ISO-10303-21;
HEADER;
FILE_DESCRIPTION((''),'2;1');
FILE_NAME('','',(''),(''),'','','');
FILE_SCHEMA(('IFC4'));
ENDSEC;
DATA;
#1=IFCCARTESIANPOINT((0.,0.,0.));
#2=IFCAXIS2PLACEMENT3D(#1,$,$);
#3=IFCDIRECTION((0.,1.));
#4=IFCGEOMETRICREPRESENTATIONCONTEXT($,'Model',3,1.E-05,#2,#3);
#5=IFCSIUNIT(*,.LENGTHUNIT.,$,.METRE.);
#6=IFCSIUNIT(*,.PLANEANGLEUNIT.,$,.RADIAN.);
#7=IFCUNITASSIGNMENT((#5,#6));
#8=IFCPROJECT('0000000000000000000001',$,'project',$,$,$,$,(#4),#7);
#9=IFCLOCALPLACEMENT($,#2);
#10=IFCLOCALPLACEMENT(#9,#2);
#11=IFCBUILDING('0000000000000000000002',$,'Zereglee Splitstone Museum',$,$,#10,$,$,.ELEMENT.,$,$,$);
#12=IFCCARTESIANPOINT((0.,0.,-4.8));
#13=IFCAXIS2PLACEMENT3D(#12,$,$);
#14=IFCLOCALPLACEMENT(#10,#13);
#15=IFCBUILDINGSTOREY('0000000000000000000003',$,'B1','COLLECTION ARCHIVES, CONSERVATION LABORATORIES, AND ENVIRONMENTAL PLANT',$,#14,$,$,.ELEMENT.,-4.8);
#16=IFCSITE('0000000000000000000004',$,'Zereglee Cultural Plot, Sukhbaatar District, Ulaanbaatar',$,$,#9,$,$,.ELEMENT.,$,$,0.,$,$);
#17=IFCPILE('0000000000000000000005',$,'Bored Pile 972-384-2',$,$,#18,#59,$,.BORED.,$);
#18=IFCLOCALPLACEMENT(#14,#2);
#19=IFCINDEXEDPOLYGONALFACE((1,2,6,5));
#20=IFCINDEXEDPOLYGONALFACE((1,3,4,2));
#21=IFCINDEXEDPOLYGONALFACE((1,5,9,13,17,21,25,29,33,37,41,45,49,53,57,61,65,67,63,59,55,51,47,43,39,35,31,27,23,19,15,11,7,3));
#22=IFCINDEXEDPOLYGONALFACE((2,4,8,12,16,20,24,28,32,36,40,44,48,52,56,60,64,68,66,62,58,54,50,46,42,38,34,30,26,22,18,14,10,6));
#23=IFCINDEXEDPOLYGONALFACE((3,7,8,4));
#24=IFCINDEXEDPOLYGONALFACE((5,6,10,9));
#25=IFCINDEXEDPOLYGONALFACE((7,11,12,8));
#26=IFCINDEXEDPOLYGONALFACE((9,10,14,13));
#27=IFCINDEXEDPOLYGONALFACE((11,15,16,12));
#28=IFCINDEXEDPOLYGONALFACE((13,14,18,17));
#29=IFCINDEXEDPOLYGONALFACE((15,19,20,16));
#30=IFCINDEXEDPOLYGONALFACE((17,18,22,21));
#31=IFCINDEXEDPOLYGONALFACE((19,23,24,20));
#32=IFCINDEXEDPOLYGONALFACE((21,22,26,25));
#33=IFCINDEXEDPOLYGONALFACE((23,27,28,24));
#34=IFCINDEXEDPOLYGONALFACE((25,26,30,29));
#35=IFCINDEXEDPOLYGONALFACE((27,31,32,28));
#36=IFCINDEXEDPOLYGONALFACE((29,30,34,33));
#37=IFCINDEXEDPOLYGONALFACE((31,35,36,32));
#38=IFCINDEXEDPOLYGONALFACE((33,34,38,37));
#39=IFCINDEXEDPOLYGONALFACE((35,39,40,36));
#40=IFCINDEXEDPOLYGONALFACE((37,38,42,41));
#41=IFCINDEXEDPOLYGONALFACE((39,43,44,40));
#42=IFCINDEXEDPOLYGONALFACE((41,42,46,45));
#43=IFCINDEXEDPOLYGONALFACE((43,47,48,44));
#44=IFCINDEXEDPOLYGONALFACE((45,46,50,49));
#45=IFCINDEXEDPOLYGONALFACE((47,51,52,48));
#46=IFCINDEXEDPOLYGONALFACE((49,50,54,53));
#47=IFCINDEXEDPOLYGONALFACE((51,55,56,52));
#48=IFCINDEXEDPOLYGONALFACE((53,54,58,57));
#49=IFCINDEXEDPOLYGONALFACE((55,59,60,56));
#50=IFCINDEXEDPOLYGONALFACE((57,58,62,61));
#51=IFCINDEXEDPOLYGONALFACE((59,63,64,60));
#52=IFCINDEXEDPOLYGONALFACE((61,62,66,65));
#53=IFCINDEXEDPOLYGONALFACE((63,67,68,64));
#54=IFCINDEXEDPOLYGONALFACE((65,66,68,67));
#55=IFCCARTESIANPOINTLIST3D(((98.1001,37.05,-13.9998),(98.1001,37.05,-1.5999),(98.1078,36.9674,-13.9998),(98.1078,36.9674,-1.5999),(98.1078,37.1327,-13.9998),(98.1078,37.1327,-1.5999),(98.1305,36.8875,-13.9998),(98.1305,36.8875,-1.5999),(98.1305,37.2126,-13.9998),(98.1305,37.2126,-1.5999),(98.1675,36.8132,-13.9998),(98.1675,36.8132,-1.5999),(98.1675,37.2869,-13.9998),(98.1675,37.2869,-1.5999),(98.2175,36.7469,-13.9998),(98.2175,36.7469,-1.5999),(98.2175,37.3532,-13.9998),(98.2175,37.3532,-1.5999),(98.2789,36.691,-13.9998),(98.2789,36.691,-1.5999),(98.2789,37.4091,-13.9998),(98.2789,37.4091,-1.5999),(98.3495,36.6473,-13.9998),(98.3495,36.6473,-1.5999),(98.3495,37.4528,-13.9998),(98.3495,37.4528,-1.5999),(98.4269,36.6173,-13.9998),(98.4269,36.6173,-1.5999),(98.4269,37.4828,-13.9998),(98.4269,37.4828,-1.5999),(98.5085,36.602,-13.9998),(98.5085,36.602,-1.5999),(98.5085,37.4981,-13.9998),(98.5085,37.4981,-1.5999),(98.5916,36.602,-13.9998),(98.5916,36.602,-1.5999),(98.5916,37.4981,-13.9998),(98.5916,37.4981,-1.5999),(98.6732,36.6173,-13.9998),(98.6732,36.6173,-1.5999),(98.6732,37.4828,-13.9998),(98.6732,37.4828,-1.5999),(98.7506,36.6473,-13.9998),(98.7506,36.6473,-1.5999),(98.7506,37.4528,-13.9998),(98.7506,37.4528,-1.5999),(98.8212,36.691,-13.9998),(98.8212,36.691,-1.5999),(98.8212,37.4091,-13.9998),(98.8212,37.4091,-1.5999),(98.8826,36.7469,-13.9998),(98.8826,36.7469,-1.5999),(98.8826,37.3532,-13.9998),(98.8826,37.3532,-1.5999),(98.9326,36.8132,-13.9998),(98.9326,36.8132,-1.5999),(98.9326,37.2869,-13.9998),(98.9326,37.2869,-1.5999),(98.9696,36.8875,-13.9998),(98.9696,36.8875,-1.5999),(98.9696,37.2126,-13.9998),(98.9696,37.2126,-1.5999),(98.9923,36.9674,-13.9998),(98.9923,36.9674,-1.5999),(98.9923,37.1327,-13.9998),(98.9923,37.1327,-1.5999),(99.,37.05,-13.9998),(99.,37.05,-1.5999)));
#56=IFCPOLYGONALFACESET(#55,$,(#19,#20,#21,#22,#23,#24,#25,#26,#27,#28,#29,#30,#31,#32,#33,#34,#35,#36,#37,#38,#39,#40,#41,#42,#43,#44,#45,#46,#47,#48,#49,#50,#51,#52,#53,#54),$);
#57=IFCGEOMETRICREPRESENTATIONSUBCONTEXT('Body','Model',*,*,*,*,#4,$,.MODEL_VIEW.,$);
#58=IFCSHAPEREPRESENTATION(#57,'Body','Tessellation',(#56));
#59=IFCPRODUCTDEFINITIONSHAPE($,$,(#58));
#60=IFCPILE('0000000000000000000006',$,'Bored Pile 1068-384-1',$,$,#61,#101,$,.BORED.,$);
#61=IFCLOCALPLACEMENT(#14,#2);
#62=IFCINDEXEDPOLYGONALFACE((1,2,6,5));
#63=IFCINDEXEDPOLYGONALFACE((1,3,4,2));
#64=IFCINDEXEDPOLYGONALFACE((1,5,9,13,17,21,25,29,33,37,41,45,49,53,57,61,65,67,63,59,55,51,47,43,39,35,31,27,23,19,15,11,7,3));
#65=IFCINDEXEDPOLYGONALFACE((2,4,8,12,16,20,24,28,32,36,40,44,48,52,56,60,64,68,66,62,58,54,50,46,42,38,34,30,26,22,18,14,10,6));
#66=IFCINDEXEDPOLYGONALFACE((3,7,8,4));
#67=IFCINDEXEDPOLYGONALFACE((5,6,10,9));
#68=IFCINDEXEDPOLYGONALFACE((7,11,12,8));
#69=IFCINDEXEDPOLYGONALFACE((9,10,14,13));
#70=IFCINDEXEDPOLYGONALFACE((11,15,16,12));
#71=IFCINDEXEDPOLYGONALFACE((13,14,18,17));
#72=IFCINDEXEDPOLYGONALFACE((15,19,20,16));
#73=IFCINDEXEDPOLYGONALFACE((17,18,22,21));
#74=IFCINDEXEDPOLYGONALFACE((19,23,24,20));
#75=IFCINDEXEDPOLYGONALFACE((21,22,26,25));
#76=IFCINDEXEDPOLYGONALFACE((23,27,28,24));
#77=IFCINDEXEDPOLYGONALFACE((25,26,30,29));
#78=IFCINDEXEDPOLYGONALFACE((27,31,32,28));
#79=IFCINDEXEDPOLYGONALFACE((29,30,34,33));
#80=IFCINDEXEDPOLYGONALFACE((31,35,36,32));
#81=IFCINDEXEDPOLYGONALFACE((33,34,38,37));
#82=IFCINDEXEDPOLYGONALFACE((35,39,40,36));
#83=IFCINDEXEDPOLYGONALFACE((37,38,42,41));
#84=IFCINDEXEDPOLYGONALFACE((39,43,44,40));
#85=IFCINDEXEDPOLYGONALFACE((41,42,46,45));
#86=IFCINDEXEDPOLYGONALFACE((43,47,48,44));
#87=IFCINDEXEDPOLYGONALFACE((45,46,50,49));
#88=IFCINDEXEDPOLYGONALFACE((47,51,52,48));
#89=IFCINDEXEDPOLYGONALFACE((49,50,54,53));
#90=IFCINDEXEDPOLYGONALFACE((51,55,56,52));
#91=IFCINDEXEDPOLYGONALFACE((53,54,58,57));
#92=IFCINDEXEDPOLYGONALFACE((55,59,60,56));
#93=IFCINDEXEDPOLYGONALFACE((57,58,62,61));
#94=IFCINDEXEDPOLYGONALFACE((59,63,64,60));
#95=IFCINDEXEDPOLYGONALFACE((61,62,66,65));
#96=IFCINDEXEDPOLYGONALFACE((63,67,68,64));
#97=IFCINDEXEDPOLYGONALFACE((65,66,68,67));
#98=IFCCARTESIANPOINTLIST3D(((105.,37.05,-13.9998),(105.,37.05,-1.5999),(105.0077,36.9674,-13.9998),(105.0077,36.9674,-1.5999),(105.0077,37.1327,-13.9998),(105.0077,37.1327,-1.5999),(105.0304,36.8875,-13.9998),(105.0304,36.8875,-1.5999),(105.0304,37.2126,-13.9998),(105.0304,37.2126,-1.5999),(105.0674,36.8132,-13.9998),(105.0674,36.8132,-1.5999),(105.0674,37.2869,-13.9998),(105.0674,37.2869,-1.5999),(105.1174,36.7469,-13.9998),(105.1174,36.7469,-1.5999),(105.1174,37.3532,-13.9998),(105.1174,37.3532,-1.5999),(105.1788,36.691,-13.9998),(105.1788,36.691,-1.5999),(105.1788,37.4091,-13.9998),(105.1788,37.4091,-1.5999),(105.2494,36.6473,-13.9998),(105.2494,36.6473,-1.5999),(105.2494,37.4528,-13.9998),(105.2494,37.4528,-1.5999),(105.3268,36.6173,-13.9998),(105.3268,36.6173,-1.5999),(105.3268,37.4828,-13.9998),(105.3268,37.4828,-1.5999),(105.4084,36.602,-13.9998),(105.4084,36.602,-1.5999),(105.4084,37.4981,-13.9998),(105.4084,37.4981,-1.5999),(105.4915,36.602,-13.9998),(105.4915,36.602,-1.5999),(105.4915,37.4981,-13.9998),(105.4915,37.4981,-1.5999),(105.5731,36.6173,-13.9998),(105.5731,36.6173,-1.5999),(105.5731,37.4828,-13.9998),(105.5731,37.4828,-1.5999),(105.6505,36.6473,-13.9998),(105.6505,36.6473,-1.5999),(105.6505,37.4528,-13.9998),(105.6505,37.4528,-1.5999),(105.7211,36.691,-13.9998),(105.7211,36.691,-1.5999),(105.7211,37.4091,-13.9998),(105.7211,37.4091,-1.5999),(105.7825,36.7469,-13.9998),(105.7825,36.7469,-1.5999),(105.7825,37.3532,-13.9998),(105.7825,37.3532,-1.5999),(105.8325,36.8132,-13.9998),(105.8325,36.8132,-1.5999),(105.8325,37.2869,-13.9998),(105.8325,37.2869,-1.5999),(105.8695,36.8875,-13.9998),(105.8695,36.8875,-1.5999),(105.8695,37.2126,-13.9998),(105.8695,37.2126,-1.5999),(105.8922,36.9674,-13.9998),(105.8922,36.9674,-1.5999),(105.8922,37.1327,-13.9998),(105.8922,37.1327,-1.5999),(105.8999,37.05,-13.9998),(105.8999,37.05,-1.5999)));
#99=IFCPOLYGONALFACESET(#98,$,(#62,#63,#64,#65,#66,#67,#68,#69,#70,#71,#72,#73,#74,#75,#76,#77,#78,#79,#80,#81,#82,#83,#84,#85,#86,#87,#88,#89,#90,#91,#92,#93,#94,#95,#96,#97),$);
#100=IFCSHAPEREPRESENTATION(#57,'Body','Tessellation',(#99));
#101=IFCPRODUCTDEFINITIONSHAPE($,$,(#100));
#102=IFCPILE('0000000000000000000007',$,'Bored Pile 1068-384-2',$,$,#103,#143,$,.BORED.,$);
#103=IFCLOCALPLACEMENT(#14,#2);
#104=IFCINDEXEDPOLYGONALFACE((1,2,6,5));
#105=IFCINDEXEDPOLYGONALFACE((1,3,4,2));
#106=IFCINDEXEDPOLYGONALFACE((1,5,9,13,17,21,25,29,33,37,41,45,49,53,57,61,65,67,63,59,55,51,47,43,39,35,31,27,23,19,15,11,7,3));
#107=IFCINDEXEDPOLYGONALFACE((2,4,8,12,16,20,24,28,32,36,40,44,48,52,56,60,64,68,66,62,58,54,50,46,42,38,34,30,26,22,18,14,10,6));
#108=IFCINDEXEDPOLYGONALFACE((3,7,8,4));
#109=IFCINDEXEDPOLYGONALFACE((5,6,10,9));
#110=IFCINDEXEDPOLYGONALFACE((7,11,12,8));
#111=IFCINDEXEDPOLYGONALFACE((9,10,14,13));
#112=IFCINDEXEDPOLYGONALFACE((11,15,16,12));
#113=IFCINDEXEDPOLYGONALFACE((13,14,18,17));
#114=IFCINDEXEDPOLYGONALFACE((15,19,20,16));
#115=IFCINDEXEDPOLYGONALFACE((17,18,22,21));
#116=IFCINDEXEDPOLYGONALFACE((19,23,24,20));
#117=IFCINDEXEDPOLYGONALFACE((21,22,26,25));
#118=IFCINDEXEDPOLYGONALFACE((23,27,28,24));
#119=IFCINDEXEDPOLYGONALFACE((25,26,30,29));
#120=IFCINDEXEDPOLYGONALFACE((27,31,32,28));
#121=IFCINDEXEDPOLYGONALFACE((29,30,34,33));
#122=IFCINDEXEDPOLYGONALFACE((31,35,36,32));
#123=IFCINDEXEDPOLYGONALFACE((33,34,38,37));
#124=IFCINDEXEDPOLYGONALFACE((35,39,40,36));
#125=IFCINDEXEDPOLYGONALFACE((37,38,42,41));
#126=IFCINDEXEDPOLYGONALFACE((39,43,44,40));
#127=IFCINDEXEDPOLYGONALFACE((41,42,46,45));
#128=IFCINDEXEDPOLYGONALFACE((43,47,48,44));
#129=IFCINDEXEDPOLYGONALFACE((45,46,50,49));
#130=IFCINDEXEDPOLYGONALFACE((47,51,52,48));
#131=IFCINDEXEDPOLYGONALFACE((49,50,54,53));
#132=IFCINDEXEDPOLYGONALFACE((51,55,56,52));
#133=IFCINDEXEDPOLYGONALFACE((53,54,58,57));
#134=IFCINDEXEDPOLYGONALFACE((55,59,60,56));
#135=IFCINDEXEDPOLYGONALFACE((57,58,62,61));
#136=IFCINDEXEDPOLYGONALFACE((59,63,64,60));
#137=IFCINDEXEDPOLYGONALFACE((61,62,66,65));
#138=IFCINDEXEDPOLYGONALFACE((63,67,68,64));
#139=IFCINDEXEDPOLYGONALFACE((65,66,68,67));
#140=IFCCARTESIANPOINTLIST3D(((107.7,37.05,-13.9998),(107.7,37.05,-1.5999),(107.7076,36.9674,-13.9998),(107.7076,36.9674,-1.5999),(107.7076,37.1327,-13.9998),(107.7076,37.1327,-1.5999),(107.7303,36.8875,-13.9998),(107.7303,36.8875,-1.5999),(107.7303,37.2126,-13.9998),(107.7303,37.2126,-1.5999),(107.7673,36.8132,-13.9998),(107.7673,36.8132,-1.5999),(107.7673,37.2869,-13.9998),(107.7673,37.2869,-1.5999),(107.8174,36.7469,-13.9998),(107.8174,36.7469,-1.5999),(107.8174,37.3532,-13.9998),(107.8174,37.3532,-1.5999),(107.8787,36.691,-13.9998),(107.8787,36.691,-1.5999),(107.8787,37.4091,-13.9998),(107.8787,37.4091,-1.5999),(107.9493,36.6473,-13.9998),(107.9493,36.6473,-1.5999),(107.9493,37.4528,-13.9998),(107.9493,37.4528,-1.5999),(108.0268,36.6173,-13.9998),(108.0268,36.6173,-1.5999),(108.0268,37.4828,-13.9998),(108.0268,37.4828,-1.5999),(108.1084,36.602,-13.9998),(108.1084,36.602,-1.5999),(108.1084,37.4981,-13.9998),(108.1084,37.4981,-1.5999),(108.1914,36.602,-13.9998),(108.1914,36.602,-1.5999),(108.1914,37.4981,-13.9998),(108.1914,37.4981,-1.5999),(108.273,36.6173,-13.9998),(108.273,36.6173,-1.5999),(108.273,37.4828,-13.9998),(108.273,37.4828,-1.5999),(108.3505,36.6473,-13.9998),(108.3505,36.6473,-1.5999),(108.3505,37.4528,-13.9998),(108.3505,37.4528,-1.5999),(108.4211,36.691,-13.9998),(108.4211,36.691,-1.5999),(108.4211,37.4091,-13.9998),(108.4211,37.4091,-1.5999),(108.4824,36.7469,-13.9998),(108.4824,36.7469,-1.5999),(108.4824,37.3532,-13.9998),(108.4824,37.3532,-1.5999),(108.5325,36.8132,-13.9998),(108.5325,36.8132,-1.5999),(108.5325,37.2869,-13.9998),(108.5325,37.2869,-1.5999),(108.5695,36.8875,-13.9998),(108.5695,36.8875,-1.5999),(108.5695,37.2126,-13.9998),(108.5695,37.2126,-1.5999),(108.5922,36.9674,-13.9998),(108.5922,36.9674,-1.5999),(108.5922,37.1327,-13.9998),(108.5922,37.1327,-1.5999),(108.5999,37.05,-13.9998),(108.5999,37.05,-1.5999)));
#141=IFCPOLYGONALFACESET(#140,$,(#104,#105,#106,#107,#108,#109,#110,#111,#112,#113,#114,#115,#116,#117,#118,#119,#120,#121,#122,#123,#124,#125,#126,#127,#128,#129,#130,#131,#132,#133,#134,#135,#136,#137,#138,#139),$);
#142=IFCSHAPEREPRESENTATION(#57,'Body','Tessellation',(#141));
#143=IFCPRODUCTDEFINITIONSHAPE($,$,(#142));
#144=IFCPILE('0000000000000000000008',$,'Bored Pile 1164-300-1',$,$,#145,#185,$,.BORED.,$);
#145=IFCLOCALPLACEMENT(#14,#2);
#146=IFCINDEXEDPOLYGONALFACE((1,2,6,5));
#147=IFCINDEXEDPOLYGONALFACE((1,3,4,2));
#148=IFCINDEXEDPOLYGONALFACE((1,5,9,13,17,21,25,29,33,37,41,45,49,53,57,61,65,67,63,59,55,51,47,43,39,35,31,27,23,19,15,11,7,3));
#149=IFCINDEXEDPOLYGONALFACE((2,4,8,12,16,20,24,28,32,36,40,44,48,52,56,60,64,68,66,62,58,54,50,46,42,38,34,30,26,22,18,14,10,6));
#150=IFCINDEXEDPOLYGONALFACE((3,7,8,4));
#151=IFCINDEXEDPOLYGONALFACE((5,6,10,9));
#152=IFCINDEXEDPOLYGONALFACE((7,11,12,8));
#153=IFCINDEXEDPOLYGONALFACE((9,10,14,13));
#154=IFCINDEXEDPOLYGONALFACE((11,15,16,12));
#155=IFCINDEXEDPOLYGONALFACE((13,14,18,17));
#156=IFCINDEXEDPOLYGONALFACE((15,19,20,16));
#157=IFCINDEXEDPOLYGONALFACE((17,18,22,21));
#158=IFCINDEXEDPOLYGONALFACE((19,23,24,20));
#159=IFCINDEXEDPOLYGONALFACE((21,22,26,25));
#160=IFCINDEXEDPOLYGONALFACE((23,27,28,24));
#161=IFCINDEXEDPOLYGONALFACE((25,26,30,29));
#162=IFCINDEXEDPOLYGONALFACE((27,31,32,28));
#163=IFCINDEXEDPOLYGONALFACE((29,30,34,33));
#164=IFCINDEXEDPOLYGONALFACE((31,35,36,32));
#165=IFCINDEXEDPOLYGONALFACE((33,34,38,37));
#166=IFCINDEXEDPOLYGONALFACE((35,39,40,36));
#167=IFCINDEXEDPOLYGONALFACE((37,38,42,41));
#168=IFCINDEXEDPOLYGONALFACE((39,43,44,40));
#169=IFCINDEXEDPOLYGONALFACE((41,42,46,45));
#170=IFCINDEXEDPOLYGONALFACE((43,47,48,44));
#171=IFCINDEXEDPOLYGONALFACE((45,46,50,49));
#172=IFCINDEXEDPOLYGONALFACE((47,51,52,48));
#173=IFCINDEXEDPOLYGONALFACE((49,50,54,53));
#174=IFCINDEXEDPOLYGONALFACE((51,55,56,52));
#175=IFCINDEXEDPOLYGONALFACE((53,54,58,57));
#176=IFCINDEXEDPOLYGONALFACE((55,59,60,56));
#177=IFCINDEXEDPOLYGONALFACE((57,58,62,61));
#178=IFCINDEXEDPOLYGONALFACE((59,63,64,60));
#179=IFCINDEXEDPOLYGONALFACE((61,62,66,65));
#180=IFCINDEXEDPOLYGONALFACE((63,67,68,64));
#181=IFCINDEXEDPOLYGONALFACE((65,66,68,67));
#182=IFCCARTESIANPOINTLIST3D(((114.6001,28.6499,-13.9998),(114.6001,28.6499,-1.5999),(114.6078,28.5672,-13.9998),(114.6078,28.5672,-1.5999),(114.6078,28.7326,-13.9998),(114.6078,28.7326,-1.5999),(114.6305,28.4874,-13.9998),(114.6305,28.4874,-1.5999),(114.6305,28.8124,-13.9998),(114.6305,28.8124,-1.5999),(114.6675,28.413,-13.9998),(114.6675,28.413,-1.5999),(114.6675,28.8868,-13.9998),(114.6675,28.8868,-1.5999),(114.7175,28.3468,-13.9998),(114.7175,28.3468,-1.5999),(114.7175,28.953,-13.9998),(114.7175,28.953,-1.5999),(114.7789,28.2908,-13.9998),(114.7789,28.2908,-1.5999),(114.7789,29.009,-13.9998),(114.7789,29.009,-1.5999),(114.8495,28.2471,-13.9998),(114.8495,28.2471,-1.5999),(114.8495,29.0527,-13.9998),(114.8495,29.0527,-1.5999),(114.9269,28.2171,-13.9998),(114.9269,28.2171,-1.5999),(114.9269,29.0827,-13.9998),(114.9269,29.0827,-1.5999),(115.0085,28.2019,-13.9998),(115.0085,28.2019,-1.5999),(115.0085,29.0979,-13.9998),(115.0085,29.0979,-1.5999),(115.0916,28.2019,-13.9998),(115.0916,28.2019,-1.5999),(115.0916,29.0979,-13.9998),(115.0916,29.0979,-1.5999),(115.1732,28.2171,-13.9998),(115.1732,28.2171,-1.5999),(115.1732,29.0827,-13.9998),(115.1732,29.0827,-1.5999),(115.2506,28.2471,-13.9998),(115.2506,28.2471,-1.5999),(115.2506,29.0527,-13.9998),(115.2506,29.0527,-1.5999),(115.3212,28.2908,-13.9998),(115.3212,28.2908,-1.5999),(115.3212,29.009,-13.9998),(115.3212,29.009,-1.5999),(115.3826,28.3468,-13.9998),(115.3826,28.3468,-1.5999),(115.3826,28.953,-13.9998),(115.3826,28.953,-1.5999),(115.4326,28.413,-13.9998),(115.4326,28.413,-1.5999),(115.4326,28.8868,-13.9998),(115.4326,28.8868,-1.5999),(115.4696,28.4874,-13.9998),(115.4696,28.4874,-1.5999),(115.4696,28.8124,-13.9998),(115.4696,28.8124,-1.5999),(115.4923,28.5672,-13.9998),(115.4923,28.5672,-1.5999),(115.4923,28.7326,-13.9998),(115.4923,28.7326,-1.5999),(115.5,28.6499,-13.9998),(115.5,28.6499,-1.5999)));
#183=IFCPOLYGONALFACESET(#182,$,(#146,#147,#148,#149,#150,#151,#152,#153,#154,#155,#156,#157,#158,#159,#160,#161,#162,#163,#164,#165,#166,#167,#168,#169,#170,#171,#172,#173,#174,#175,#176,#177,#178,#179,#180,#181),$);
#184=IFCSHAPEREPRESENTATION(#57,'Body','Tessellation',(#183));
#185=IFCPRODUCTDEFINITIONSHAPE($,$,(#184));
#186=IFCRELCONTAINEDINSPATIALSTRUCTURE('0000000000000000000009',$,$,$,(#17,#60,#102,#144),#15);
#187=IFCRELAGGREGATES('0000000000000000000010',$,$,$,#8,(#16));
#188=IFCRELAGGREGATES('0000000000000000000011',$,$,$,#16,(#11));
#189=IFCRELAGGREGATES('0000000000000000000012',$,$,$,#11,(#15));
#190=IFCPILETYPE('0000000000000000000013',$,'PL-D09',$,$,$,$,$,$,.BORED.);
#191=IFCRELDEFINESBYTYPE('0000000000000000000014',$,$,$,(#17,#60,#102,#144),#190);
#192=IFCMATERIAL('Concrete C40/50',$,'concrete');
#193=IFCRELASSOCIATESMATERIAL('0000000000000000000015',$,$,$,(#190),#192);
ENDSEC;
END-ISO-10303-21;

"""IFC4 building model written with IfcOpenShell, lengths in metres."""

from ifc_helpers import new_model, si_unit, direction, frame, origin, origin_2d, place, context, subcontext, project, spatial, circle, extrude, material, material_profile, profile_set, type_object, element, save


model = new_model("IFC4")

# Units and contexts
model_context = context("Model", 3, precision=1e-05, world=origin(), true_north=direction((0.0, 1.0)))
body_context = subcontext(model_context, "Body", "Model", "MODEL_VIEW")
ifc_project = project(units=[si_unit("LENGTHUNIT", "METRE"), si_unit("PLANEANGLEUNIT", "RADIAN")], contexts=[model_context])

# Site, building, storey
site_placement = place(None, origin())
site = spatial("IfcSite", under=ifc_project, at=site_placement, Name="Zereglee Cultural Plot, Sukhbaatar District, Ulaanbaatar", CompositionType="ELEMENT", RefElevation=0.0)
building_placement = place(site_placement, origin())
building = spatial("IfcBuilding", under=site, at=building_placement, Name="Zereglee Splitstone Museum", CompositionType="ELEMENT")
storey_placement = place(building_placement, frame((0.0, 0.0, -4.8)))
storey = spatial("IfcBuildingStorey", under=building, at=storey_placement, Name="B1", Description="COLLECTION ARCHIVES, CONSERVATION LABORATORIES, AND ENVIRONMENTAL PLANT", CompositionType="ELEMENT", Elevation=-4.8)

# Shared definitions
ifc_material_1 = material(Name="Concrete C40/50", Category="concrete")

# Piles
ifc_material_profile_1 = material_profile(ifc_material_1, circle(Radius=0.45, at=origin_2d()), Name="PILE D900")
ifc_profile_set_1 = profile_set([ifc_material_profile_1], Name="Concrete C40/50")
pile_type = type_object("IfcPileType", Name="PL-D09", PredefinedType="BORED", material=ifc_profile_set_1)
for number, where, z_axis, x_axis, name in (
    (1, (98.55, 37.05, -1.5999), (0.0, 0.0, -1.0), (1.0, 0.0, 0.0), "Bored Pile 972-384-2"),
    (2, (105.45, 37.05, -1.5999), (0.0, 0.0, -1.0), (1.0, 0.0, 0.0), "Bored Pile 1068-384-1"),
    (3, (108.1499, 37.05, -1.5999), (0.0, 0.0, -1.0), (1.0, 0.0, 0.0), "Bored Pile 1068-384-2"),
    (4, (115.05, 28.6499, -1.5999), (0.0, 0.0, -1.0), (1.0, 0.0, 0.0), "Bored Pile 1164-300-1"),
):
    element("IfcPile", number, at=place(storey_placement, frame(where, z_axis=z_axis, x_axis=x_axis)), inside=storey, type_object=pile_type, Name=name, PredefinedType="BORED", context=body_context, shape_type="SweptSolid", body=[
        extrude(circle(Radius=0.45, at=origin_2d()), origin(), (0.0, 0.0, 1.0), 12.3999),
    ])

save(model, "model.ifc")
